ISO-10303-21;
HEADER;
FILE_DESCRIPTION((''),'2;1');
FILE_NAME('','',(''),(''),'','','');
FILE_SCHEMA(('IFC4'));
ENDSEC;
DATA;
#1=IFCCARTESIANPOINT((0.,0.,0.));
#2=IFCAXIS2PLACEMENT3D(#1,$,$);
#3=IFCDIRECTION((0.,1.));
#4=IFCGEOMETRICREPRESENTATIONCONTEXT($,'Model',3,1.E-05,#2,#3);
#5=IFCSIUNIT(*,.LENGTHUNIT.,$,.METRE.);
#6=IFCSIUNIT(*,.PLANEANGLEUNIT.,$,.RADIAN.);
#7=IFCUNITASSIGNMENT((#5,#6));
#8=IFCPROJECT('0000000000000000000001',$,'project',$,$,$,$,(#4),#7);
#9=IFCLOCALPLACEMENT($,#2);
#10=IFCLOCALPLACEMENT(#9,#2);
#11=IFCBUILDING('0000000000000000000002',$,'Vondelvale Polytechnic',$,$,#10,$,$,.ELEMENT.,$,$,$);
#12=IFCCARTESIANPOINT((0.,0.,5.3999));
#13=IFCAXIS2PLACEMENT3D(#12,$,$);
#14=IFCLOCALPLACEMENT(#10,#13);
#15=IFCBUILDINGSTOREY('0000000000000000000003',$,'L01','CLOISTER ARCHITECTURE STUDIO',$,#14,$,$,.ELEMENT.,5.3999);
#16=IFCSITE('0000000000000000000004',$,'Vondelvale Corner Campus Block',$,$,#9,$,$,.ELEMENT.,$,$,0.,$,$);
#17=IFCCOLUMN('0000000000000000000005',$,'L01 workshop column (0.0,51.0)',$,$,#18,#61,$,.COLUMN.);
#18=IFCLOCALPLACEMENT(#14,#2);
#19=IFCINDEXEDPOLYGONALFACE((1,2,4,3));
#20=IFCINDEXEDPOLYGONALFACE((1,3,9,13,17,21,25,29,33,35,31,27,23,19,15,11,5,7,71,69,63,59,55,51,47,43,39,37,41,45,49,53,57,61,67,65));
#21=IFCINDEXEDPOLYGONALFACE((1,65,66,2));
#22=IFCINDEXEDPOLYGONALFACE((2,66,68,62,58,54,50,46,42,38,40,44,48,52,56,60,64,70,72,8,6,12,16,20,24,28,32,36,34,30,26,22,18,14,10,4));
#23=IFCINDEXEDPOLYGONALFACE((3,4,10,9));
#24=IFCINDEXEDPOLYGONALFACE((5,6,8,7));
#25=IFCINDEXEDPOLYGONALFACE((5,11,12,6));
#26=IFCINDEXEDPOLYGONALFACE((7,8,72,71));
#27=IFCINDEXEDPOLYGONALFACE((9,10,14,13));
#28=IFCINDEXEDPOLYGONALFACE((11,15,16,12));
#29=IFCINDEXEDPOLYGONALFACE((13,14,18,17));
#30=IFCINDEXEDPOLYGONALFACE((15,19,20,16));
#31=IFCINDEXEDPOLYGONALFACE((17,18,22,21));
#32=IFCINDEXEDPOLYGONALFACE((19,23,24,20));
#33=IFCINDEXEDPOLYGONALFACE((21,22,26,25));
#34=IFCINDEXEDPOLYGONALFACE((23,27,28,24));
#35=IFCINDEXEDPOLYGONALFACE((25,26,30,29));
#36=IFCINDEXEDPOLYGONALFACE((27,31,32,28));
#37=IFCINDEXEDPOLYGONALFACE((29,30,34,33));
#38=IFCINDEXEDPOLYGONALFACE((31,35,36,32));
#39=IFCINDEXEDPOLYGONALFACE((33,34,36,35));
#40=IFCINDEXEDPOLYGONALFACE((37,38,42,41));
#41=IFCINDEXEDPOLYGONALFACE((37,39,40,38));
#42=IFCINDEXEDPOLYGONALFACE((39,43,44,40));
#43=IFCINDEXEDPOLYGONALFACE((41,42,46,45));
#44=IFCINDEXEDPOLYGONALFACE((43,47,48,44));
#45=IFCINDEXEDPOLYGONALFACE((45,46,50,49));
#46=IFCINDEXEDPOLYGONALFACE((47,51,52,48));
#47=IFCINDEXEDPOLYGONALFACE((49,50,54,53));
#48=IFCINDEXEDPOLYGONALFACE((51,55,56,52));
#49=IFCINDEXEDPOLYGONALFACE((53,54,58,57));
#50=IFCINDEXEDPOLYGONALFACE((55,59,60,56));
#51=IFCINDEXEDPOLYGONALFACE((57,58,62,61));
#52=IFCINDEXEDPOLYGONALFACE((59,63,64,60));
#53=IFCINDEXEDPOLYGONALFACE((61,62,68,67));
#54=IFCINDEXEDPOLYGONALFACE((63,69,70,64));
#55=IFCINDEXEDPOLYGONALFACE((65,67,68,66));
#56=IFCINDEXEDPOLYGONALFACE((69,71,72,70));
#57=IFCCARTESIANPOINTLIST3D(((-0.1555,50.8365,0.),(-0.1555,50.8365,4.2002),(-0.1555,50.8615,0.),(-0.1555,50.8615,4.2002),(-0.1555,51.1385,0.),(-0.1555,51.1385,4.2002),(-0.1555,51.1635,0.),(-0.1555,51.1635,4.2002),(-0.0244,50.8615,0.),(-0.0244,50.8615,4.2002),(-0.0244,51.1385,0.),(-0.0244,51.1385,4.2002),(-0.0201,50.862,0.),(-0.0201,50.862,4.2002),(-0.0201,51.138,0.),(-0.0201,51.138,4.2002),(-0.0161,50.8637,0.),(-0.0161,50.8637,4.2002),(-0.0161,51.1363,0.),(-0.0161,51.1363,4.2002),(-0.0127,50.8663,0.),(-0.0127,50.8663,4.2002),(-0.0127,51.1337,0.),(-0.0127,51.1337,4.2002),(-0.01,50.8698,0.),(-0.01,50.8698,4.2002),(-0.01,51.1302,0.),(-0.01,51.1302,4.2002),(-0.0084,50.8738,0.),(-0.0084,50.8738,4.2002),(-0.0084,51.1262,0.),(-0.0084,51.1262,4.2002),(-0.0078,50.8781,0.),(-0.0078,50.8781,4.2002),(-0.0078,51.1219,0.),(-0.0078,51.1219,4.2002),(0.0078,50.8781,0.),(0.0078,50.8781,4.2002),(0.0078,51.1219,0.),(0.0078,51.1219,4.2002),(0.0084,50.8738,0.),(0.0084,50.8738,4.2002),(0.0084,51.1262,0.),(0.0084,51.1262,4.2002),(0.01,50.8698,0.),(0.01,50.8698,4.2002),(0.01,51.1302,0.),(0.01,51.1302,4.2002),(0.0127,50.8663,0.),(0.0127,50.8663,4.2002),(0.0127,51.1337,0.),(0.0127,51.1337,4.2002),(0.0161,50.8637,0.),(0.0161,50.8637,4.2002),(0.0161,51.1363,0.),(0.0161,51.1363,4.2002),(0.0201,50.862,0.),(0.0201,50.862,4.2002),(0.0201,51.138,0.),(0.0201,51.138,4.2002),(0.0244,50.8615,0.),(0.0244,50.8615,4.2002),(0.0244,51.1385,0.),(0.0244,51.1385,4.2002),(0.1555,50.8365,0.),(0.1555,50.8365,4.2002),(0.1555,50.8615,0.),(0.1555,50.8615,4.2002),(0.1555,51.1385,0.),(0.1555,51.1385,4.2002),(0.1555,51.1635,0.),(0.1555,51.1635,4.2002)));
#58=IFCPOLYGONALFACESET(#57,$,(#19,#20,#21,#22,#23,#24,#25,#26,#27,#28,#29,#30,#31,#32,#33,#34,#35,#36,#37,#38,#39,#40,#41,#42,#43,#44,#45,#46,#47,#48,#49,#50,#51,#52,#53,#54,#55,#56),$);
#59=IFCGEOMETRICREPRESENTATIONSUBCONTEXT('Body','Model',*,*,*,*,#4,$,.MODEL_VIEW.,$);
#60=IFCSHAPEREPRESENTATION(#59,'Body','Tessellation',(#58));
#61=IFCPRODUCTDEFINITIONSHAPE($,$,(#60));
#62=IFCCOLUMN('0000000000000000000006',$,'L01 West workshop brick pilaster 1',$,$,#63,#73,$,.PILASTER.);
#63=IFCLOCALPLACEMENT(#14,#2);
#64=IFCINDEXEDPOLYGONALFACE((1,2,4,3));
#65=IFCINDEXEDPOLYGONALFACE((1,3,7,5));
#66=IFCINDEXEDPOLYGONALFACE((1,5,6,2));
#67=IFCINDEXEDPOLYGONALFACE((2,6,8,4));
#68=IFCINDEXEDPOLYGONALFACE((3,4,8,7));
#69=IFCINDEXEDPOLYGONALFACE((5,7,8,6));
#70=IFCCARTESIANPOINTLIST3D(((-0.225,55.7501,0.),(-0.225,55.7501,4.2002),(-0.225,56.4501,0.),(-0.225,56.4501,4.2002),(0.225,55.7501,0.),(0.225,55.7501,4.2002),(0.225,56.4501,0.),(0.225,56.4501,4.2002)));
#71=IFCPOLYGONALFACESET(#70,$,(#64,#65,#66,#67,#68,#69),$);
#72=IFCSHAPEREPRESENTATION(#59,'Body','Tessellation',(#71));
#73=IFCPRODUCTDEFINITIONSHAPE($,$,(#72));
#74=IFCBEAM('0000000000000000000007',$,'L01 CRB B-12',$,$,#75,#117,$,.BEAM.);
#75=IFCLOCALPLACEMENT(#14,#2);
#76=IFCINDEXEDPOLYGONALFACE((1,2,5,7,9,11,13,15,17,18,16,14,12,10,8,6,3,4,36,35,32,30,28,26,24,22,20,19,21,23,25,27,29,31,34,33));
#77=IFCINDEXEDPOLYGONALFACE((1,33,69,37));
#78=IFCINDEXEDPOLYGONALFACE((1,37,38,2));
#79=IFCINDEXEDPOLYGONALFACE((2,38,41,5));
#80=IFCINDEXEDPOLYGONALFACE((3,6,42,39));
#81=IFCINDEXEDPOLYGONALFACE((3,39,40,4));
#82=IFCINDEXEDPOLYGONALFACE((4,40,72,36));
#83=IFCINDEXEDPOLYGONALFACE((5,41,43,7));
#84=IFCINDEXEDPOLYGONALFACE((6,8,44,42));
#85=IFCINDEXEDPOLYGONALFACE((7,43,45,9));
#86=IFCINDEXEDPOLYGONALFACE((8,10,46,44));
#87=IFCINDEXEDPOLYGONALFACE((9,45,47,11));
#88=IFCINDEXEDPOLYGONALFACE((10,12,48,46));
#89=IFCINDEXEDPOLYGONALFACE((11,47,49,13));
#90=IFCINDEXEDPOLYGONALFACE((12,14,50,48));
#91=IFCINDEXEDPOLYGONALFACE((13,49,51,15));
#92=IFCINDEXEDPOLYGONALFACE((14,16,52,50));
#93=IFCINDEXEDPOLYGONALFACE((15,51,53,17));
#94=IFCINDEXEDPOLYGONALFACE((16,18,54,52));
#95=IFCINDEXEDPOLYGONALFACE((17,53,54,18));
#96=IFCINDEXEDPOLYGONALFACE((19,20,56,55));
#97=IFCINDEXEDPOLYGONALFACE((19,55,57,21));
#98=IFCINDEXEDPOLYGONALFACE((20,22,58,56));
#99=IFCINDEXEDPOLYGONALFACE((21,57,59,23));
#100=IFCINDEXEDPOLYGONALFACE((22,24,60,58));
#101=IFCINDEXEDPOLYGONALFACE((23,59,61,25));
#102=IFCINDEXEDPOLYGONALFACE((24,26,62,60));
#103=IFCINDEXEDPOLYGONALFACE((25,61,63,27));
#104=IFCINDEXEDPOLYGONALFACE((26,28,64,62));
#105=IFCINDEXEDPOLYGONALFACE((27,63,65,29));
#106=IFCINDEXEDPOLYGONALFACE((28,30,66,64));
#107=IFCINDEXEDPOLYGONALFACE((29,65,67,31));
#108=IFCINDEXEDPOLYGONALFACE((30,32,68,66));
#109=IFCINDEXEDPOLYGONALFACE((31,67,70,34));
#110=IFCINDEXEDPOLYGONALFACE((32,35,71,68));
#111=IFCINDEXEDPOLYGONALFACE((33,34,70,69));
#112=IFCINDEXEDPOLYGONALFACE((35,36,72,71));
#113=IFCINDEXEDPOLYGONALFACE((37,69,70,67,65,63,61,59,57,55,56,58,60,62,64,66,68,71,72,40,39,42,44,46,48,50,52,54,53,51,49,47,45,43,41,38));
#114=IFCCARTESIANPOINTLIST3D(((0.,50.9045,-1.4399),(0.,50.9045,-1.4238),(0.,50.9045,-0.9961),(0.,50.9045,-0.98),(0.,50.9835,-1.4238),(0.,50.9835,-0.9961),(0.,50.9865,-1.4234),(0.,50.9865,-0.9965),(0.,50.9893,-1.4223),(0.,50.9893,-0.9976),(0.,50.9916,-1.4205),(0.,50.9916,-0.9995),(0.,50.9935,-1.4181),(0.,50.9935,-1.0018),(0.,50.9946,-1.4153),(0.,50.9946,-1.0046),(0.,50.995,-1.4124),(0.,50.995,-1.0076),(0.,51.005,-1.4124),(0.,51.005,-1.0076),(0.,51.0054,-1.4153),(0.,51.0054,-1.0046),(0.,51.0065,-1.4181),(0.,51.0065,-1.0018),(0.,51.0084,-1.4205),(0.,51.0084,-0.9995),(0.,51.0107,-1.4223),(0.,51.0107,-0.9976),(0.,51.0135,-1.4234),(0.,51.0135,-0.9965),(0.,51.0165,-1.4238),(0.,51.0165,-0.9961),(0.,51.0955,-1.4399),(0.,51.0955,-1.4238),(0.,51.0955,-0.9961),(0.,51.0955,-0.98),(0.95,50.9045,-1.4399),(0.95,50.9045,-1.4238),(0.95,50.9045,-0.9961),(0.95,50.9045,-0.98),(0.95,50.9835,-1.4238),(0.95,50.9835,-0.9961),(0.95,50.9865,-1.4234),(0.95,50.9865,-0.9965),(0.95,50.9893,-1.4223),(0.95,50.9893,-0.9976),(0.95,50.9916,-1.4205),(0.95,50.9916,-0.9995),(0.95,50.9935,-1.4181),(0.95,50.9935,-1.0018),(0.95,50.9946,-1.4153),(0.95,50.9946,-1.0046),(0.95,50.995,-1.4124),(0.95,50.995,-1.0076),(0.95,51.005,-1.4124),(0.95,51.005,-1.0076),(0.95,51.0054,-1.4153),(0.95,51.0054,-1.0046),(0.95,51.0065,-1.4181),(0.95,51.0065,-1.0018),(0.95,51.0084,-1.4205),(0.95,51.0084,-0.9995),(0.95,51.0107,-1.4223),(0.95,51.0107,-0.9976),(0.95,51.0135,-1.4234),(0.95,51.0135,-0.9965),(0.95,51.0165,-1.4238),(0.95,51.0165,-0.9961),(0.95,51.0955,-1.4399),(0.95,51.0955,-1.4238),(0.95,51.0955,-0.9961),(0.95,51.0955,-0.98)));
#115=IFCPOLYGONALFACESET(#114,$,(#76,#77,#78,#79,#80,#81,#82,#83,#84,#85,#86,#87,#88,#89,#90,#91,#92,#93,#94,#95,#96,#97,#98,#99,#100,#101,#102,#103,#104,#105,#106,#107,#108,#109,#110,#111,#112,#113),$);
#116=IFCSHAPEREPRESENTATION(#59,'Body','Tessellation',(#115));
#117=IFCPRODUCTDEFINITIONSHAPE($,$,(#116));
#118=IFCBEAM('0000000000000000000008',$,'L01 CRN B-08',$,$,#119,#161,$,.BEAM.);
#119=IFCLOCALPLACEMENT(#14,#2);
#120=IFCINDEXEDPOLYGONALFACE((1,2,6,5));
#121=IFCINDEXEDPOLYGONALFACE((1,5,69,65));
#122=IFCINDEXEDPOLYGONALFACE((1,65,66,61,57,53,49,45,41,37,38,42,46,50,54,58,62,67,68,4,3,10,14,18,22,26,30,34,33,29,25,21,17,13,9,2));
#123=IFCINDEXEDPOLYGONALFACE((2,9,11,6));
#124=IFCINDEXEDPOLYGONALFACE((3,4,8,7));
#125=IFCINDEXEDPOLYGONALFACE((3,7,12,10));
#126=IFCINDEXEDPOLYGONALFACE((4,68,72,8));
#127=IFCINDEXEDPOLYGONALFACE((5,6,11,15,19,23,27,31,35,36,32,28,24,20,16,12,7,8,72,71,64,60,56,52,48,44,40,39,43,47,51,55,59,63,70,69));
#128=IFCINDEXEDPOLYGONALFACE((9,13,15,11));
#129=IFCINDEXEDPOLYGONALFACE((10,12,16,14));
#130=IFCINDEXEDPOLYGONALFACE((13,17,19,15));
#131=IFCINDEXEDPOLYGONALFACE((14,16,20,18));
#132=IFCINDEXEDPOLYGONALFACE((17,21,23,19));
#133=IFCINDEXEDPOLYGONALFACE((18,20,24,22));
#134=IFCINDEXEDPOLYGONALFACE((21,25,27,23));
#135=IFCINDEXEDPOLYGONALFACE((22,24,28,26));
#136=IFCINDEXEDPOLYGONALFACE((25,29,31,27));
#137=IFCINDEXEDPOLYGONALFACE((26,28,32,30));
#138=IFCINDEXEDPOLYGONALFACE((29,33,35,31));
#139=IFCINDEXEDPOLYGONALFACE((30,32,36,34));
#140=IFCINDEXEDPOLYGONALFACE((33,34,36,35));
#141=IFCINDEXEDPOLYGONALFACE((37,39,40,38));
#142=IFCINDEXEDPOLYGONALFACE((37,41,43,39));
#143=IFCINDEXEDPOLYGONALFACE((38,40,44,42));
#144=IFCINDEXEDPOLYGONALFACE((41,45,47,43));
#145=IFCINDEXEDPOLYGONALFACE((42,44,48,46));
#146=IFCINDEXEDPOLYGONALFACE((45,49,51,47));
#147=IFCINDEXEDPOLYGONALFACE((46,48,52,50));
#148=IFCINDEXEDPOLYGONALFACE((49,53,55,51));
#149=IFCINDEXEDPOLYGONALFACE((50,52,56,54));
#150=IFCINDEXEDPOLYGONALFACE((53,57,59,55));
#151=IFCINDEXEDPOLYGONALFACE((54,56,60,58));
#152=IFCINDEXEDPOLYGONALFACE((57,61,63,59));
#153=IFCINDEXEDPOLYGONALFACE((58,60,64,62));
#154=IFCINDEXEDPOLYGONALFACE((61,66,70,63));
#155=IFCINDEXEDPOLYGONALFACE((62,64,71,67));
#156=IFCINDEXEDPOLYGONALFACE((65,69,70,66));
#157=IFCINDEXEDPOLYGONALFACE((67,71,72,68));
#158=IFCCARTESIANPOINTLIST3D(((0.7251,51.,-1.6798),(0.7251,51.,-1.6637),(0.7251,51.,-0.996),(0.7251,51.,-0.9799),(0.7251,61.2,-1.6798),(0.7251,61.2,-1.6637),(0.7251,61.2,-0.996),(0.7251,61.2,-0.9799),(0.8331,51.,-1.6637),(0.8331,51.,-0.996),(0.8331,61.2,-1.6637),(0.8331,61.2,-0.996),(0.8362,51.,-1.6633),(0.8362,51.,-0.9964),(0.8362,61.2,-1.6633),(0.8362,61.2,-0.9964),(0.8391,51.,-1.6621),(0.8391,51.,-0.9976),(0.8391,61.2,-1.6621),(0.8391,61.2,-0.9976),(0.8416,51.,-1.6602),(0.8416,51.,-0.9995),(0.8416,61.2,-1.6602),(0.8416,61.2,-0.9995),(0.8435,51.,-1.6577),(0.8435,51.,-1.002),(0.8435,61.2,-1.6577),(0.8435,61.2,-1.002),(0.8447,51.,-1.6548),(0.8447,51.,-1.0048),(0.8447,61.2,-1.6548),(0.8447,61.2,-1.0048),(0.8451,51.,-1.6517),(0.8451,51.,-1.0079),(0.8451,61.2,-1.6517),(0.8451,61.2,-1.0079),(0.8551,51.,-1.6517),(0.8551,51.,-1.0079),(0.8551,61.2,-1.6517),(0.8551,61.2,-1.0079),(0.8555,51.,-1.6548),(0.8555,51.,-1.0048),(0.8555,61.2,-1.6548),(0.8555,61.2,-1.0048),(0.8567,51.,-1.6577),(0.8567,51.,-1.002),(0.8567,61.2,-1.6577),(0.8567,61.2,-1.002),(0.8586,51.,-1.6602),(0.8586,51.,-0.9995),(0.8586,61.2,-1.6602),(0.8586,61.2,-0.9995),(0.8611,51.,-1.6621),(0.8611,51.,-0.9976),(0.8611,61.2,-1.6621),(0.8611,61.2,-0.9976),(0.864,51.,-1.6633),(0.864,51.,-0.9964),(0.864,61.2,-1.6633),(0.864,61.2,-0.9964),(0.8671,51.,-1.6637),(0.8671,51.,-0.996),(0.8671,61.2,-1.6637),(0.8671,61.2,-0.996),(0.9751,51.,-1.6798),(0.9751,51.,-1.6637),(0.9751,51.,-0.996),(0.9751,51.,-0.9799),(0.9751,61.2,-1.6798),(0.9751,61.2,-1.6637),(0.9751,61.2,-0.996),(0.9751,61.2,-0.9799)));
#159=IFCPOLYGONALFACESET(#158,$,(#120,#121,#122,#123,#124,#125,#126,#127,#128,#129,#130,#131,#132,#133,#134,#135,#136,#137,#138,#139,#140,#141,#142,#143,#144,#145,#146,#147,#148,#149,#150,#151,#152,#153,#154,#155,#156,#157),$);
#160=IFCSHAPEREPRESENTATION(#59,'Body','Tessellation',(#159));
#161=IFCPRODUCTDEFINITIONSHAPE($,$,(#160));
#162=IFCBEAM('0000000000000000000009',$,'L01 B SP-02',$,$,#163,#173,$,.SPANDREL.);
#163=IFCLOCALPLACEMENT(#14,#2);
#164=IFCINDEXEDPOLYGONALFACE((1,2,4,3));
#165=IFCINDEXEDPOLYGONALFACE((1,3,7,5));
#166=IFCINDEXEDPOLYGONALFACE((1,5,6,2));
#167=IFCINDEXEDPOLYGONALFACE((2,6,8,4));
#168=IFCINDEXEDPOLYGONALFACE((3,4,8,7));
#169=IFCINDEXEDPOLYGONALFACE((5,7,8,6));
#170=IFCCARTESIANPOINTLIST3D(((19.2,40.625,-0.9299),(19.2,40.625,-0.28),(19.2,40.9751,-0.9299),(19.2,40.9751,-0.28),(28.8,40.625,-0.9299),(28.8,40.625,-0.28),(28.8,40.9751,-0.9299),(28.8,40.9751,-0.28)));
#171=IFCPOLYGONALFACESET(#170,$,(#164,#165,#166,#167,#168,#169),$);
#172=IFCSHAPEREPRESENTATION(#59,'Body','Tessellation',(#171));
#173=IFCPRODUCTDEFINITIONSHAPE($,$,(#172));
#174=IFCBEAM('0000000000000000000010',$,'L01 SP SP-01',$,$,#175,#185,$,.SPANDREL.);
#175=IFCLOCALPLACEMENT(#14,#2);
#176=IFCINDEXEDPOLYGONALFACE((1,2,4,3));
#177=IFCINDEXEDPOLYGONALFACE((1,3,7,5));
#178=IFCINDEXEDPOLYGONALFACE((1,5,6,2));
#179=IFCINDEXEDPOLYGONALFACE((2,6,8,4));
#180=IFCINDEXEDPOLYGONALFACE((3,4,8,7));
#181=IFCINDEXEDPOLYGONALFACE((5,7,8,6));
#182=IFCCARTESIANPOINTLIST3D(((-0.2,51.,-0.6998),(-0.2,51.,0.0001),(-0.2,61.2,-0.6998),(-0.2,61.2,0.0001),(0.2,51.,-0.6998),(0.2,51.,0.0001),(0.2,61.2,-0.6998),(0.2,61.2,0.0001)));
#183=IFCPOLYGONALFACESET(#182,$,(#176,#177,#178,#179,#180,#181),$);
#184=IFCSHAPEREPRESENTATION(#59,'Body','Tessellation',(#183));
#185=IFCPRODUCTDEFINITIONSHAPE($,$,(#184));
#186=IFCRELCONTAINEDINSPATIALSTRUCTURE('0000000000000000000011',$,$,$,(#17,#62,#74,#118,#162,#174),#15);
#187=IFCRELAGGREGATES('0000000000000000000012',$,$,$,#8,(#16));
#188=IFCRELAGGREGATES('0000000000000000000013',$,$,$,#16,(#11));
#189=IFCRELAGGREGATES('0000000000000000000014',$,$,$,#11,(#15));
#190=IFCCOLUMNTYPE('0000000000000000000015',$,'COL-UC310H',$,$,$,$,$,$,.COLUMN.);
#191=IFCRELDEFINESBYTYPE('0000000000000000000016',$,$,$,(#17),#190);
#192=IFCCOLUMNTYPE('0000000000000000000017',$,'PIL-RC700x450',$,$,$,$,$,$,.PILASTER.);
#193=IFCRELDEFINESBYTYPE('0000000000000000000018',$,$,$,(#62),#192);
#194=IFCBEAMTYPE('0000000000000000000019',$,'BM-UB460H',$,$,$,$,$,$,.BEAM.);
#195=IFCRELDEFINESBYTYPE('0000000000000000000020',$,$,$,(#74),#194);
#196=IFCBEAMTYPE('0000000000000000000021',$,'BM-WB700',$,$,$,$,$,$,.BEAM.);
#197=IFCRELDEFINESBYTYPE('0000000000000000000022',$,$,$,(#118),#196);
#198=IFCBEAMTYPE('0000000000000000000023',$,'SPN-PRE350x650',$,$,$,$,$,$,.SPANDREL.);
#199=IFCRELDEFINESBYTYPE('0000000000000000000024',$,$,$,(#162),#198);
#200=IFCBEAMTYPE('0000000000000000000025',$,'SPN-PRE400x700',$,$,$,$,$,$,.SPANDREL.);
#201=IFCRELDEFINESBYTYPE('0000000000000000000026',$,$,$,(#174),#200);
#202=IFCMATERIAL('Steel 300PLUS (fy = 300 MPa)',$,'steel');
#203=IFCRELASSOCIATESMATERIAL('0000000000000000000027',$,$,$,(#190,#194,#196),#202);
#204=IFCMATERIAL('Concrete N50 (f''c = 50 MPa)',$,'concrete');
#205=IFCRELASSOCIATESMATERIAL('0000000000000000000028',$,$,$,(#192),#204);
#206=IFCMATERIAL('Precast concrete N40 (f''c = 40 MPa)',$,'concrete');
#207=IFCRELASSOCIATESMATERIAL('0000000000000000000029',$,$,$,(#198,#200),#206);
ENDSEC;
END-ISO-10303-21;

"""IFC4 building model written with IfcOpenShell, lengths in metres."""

from ifc_helpers import new_model, si_unit, direction, frame, origin, origin_2d, place, context, subcontext, project, spatial, rectangle, i_section, extrude, material, material_profile, profile_set, type_object, element, save


model = new_model("IFC4")

# Units and contexts
model_context = context("Model", 3, precision=1e-05, world=origin(), true_north=direction((0.0, 1.0)))
body_context = subcontext(model_context, "Body", "Model", "MODEL_VIEW")
ifc_project = project(units=[si_unit("LENGTHUNIT", "METRE"), si_unit("PLANEANGLEUNIT", "RADIAN")], contexts=[model_context])

# Site, building, storey
site_placement = place(None, origin())
site = spatial("IfcSite", under=ifc_project, at=site_placement, Name="Vondelvale Corner Campus Block", CompositionType="ELEMENT", RefElevation=0.0)
building_placement = place(site_placement, origin())
building = spatial("IfcBuilding", under=site, at=building_placement, Name="Vondelvale Polytechnic", CompositionType="ELEMENT")
storey_placement = place(building_placement, frame((0.0, 0.0, 5.3999)))
storey = spatial("IfcBuildingStorey", under=building, at=storey_placement, Name="L01", Description="CLOISTER ARCHITECTURE STUDIO", CompositionType="ELEMENT", Elevation=5.3999)

# Columns
ifc_material_1 = material(Name="Steel 300PLUS (fy = 300 MPa)", Category="steel")
ifc_material_profile_1 = material_profile(ifc_material_1, i_section(OverallWidth=0.311, OverallDepth=0.3269, WebThickness=0.0156, FlangeThickness=0.0249, FilletRadius=0.0166, at=origin_2d()), Name="310UC158")
ifc_profile_set_1 = profile_set([ifc_material_profile_1], Name="Steel 300PLUS (fy = 300 MPa)")
column_type_1 = type_object("IfcColumnType", Name="COL-UC310H", PredefinedType="COLUMN", material=ifc_profile_set_1)
column_1_placement = place(storey_placement, frame((0.0, 51.0, 0.0), z_axis=(0.0, 0.0, 1.0), x_axis=(1.0, 0.0, 0.0)))
element("IfcColumn", 1, at=column_1_placement, inside=storey, type_object=column_type_1, Name="L01 workshop column (0.0,51.0)", PredefinedType="COLUMN", context=body_context, shape_type="SweptSolid", body=[
    extrude(i_section(OverallWidth=0.311, OverallDepth=0.3269, WebThickness=0.0156, FlangeThickness=0.0249, FilletRadius=0.0166, at=origin_2d()), origin(), (0.0, 0.0, 1.0), 4.2002),
])
ifc_material_2 = material(Name="Concrete N50 (f'c = 50 MPa)", Category="concrete")
ifc_material_profile_2 = material_profile(ifc_material_2, rectangle(XDim=0.45, YDim=0.7, at=origin_2d()), Name="RC-PIL-700x450")
ifc_profile_set_2 = profile_set([ifc_material_profile_2], Name="Concrete N50 (f'c = 50 MPa)")
column_type_2 = type_object("IfcColumnType", Name="PIL-RC700x450", PredefinedType="PILASTER", material=ifc_profile_set_2)
column_2_placement = place(storey_placement, frame((0.0, 56.1001, 0.0), z_axis=(0.0, 0.0, 1.0), x_axis=(1.0, 0.0, 0.0)))
element("IfcColumn", 2, at=column_2_placement, inside=storey, type_object=column_type_2, Name="L01 West workshop brick pilaster 1", PredefinedType="PILASTER", context=body_context, shape_type="SweptSolid", body=[
    extrude(rectangle(XDim=0.45, YDim=0.7, at=origin_2d()), origin(), (0.0, 0.0, 1.0), 4.2002),
])

# Beams
ifc_material_profile_3 = material_profile(ifc_material_1, i_section(OverallWidth=0.1909, OverallDepth=0.46, WebThickness=0.01, FlangeThickness=0.0161, FilletRadius=0.0115, at=origin_2d()), Name="460UB82.1")
ifc_profile_set_3 = profile_set([ifc_material_profile_3], Name="Steel 300PLUS (fy = 300 MPa)")
beam_type_1 = type_object("IfcBeamType", Name="BM-UB460H", PredefinedType="BEAM", material=ifc_profile_set_3)
beam_1_placement = place(storey_placement, frame((0.0, 51.0, -1.21), z_axis=(1.0, 0.0, 0.0), x_axis=(0.0, 1.0, 0.0)))
element("IfcBeam", 3, at=beam_1_placement, inside=storey, type_object=beam_type_1, Name="L01 CRB B-12", PredefinedType="BEAM", context=body_context, shape_type="SweptSolid", body=[
    extrude(i_section(OverallWidth=0.1909, OverallDepth=0.46, WebThickness=0.01, FlangeThickness=0.0161, FilletRadius=0.0115, at=origin_2d()), origin(), (0.0, 0.0, 1.0), 0.95),
])
ifc_material_profile_4 = material_profile(ifc_material_1, i_section(OverallWidth=0.25, OverallDepth=0.7, WebThickness=0.01, FlangeThickness=0.0161, FilletRadius=0.012, at=origin_2d()), Name="700WB130")
ifc_profile_set_4 = profile_set([ifc_material_profile_4], Name="Steel 300PLUS (fy = 300 MPa)")
beam_type_2 = type_object("IfcBeamType", Name="BM-WB700", PredefinedType="BEAM", material=ifc_profile_set_4)
beam_2_placement = place(storey_placement, frame((0.8501, 51.0, -1.3298), z_axis=(0.0, 1.0, 0.0), x_axis=(-1.0, 0.0, 0.0)))
element("IfcBeam", 4, at=beam_2_placement, inside=storey, type_object=beam_type_2, Name="L01 CRN B-08", PredefinedType="BEAM", context=body_context, shape_type="SweptSolid", body=[
    extrude(i_section(OverallWidth=0.25, OverallDepth=0.7, WebThickness=0.01, FlangeThickness=0.0161, FilletRadius=0.012, at=origin_2d()), origin(), (0.0, 0.0, 1.0), 10.2),
])
ifc_material_3 = material(Name="Precast concrete N40 (f'c = 40 MPa)", Category="concrete")
ifc_material_profile_5 = material_profile(ifc_material_3, rectangle(XDim=0.3501, YDim=0.6499, at=origin_2d()), Name="RC-SPN-350x650")
ifc_profile_set_5 = profile_set([ifc_material_profile_5], Name="Precast concrete N40 (f'c = 40 MPa)")
beam_type_3 = type_object("IfcBeamType", Name="SPN-PRE350x650", PredefinedType="SPANDREL", material=ifc_profile_set_5)
beam_3_placement = place(storey_placement, frame((19.2, 40.8, -0.605), z_axis=(1.0, 0.0, 0.0), x_axis=(0.0, 1.0, 0.0)))
element("IfcBeam", 5, at=beam_3_placement, inside=storey, type_object=beam_type_3, Name="L01 B SP-02", PredefinedType="SPANDREL", context=body_context, shape_type="SweptSolid", body=[
    extrude(rectangle(XDim=0.3501, YDim=0.6499, at=origin_2d()), origin(), (0.0, 0.0, 1.0), 9.6001),
])
ifc_material_profile_6 = material_profile(ifc_material_3, rectangle(XDim=0.3999, YDim=0.7, at=origin_2d()), Name="RC-SPN-400x700")
ifc_profile_set_6 = profile_set([ifc_material_profile_6], Name="Precast concrete N40 (f'c = 40 MPa)")
beam_type_4 = type_object("IfcBeamType", Name="SPN-PRE400x700", PredefinedType="SPANDREL", material=ifc_profile_set_6)
beam_4_placement = place(storey_placement, frame((0.0, 51.0, -0.3499), z_axis=(0.0, 1.0, 0.0), x_axis=(-1.0, 0.0, 0.0)))
element("IfcBeam", 6, at=beam_4_placement, inside=storey, type_object=beam_type_4, Name="L01 SP SP-01", PredefinedType="SPANDREL", context=body_context, shape_type="SweptSolid", body=[
    extrude(rectangle(XDim=0.3999, YDim=0.7, at=origin_2d()), origin(), (0.0, 0.0, 1.0), 10.2),
])

save(model, "model.ifc")
